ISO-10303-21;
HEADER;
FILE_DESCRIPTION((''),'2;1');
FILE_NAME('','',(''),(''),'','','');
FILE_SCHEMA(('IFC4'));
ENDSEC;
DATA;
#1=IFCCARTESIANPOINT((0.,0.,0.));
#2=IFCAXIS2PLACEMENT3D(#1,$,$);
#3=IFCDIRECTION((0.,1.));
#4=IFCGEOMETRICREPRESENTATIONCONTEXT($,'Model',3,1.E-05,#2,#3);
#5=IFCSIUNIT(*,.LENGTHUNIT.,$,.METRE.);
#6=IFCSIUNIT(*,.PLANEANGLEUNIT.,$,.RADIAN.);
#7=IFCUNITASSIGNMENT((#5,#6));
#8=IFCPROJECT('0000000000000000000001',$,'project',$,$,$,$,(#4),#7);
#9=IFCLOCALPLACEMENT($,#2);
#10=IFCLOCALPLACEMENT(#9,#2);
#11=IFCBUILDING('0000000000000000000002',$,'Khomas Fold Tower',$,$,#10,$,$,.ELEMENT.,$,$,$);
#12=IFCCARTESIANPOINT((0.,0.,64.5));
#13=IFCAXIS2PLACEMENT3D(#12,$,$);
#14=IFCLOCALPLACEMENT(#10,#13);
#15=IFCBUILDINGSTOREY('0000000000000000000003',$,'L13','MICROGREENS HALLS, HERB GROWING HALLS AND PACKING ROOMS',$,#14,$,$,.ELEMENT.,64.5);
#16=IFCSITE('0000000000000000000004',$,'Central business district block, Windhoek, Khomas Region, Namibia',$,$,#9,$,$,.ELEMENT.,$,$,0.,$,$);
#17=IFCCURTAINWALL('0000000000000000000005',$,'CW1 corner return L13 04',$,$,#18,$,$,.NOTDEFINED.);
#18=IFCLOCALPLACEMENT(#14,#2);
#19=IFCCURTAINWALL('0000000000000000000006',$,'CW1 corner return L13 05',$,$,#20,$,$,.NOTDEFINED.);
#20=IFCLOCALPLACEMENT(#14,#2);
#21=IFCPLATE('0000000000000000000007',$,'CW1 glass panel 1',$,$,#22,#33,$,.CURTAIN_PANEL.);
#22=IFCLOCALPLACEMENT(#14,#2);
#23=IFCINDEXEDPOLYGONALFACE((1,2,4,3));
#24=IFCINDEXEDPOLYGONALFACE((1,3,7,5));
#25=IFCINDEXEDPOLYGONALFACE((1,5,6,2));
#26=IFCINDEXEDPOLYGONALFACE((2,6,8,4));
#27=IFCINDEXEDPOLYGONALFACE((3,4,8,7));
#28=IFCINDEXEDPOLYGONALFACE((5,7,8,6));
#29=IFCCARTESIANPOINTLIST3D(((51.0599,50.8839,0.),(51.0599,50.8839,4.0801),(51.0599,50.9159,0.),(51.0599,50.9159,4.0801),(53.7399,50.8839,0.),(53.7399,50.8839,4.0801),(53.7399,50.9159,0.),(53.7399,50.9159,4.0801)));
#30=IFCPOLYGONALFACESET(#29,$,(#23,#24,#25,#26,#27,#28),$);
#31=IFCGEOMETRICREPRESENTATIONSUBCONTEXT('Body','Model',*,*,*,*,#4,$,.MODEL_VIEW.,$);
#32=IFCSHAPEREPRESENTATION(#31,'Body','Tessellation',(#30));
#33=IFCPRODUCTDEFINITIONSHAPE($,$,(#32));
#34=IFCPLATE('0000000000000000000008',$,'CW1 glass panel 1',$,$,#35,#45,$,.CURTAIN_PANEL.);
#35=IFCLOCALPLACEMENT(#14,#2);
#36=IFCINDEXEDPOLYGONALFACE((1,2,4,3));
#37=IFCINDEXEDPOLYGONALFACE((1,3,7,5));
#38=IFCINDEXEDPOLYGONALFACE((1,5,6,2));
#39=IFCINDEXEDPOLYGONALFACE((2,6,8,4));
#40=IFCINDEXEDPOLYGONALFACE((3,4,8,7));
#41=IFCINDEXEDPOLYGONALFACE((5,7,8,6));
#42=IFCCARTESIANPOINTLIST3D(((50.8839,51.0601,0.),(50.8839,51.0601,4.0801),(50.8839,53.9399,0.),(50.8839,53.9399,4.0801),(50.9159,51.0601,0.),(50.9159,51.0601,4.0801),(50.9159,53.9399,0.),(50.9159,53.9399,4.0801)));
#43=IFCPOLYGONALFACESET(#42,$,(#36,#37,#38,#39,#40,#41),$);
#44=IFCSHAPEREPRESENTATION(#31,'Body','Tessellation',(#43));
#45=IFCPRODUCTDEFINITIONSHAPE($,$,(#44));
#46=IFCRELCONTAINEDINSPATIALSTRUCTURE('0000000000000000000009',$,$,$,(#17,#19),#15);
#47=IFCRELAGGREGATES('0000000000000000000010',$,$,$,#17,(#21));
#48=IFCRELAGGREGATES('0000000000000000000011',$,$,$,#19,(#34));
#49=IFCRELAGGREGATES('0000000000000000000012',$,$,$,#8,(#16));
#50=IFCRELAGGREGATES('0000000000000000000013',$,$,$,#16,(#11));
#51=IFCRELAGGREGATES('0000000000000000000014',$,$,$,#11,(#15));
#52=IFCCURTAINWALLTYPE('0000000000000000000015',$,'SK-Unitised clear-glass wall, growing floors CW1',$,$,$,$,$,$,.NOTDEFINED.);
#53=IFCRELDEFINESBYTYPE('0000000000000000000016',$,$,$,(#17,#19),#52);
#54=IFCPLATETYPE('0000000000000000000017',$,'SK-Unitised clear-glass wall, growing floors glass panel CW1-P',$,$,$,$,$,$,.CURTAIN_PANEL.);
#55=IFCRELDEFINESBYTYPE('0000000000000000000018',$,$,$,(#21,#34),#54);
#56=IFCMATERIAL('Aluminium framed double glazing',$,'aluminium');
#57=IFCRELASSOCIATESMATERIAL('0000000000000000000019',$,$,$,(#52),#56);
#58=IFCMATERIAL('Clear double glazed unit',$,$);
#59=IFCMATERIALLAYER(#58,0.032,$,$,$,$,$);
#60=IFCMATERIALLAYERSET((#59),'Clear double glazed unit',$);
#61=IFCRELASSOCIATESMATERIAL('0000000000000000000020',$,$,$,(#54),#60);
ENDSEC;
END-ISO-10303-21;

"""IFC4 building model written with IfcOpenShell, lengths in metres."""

from ifc_helpers import new_model, si_unit, direction, frame, origin, origin_2d, place, context, subcontext, project, spatial, rectangle, extrude, source, transform, mapped, material, layer, layer_set, type_object, element, aggregate, save


model = new_model("IFC4")

# Units and contexts
model_context = context("Model", 3, precision=1e-05, world=origin(), true_north=direction((0.0, 1.0)))
body_context = subcontext(model_context, "Body", "Model", "MODEL_VIEW")
ifc_project = project(units=[si_unit("LENGTHUNIT", "METRE"), si_unit("PLANEANGLEUNIT", "RADIAN")], contexts=[model_context])

# Site, building, storey
site_placement = place(None, origin())
site = spatial("IfcSite", under=ifc_project, at=site_placement, Name="Central business district block, Windhoek, Khomas Region, Namibia", CompositionType="ELEMENT", RefElevation=0.0)
building_placement = place(site_placement, origin())
building = spatial("IfcBuilding", under=site, at=building_placement, Name="Khomas Fold Tower", CompositionType="ELEMENT")
storey_placement = place(building_placement, frame((0.0, 0.0, 64.5)))
storey = spatial("IfcBuildingStorey", under=building, at=storey_placement, Name="L13", Description="MICROGREENS HALLS, HERB GROWING HALLS AND PACKING ROOMS", CompositionType="ELEMENT", Elevation=64.5)

# Shared definitions
ifc_material_1 = material(Name="Aluminium framed double glazing", Category="aluminium")
curtain_wall_type = type_object("IfcCurtainWallType", Name="SK-Unitised clear-glass wall, growing floors CW1", PredefinedType="NOTDEFINED", material=ifc_material_1)

# Curtain walls
curtain_wall_1_placement = place(storey_placement, origin())
curtain_wall_1 = element("IfcCurtainWall", 1, at=curtain_wall_1_placement, inside=storey, type_object=curtain_wall_type, Name="CW1 corner return L13 04", PredefinedType="NOTDEFINED")
curtain_wall_2_placement = place(storey_placement, origin())
curtain_wall_2 = element("IfcCurtainWall", 2, at=curtain_wall_2_placement, inside=storey, type_object=curtain_wall_type, Name="CW1 corner return L13 05", PredefinedType="NOTDEFINED")

# Plates
ifc_material_2 = material(Name="Clear double glazed unit")
ifc_layer = layer(ifc_material_2, 0.032)
ifc_layer_set = layer_set([ifc_layer], Name="Clear double glazed unit")
plate_type = type_object("IfcPlateType", Name="SK-Unitised clear-glass wall, growing floors glass panel CW1-P", PredefinedType="CURTAIN_PANEL", material=ifc_layer_set)
shared_shape_1 = source(origin(), body_context, "Body", "SweptSolid", [
    extrude(rectangle(XDim=2.6799, YDim=0.032, at=origin_2d()), origin(), (0.0, 0.0, 1.0), 4.0801),
])
plate_1_placement = place(storey_placement, frame((52.3999, 50.8999, 0.0), z_axis=(0.0, 0.0, 1.0), x_axis=(-1.0, 0.0, 0.0)))
plate_1 = element("IfcPlate", 3, at=plate_1_placement, type_object=plate_type, Name="CW1 glass panel 1", PredefinedType="CURTAIN_PANEL", context=body_context, shape_type="MappedRepresentation", body=[
    mapped(shared_shape_1, transform((0.0, 0.0, 0.0))),
])
aggregate(curtain_wall_1, [plate_1])
shared_shape_2 = source(origin(), body_context, "Body", "SweptSolid", [
    extrude(rectangle(XDim=2.8799, YDim=0.032, at=origin_2d()), origin(), (0.0, 0.0, 1.0), 4.0801),
])
plate_2_placement = place(storey_placement, frame((50.8999, 52.5, 0.0), z_axis=(0.0, 0.0, 1.0), x_axis=(0.0, 1.0, 0.0)))
plate_2 = element("IfcPlate", 4, at=plate_2_placement, type_object=plate_type, Name="CW1 glass panel 1", PredefinedType="CURTAIN_PANEL", context=body_context, shape_type="MappedRepresentation", body=[
    mapped(shared_shape_2, transform((0.0, 0.0, 0.0))),
])
aggregate(curtain_wall_2, [plate_2])

save(model, "model.ifc")
